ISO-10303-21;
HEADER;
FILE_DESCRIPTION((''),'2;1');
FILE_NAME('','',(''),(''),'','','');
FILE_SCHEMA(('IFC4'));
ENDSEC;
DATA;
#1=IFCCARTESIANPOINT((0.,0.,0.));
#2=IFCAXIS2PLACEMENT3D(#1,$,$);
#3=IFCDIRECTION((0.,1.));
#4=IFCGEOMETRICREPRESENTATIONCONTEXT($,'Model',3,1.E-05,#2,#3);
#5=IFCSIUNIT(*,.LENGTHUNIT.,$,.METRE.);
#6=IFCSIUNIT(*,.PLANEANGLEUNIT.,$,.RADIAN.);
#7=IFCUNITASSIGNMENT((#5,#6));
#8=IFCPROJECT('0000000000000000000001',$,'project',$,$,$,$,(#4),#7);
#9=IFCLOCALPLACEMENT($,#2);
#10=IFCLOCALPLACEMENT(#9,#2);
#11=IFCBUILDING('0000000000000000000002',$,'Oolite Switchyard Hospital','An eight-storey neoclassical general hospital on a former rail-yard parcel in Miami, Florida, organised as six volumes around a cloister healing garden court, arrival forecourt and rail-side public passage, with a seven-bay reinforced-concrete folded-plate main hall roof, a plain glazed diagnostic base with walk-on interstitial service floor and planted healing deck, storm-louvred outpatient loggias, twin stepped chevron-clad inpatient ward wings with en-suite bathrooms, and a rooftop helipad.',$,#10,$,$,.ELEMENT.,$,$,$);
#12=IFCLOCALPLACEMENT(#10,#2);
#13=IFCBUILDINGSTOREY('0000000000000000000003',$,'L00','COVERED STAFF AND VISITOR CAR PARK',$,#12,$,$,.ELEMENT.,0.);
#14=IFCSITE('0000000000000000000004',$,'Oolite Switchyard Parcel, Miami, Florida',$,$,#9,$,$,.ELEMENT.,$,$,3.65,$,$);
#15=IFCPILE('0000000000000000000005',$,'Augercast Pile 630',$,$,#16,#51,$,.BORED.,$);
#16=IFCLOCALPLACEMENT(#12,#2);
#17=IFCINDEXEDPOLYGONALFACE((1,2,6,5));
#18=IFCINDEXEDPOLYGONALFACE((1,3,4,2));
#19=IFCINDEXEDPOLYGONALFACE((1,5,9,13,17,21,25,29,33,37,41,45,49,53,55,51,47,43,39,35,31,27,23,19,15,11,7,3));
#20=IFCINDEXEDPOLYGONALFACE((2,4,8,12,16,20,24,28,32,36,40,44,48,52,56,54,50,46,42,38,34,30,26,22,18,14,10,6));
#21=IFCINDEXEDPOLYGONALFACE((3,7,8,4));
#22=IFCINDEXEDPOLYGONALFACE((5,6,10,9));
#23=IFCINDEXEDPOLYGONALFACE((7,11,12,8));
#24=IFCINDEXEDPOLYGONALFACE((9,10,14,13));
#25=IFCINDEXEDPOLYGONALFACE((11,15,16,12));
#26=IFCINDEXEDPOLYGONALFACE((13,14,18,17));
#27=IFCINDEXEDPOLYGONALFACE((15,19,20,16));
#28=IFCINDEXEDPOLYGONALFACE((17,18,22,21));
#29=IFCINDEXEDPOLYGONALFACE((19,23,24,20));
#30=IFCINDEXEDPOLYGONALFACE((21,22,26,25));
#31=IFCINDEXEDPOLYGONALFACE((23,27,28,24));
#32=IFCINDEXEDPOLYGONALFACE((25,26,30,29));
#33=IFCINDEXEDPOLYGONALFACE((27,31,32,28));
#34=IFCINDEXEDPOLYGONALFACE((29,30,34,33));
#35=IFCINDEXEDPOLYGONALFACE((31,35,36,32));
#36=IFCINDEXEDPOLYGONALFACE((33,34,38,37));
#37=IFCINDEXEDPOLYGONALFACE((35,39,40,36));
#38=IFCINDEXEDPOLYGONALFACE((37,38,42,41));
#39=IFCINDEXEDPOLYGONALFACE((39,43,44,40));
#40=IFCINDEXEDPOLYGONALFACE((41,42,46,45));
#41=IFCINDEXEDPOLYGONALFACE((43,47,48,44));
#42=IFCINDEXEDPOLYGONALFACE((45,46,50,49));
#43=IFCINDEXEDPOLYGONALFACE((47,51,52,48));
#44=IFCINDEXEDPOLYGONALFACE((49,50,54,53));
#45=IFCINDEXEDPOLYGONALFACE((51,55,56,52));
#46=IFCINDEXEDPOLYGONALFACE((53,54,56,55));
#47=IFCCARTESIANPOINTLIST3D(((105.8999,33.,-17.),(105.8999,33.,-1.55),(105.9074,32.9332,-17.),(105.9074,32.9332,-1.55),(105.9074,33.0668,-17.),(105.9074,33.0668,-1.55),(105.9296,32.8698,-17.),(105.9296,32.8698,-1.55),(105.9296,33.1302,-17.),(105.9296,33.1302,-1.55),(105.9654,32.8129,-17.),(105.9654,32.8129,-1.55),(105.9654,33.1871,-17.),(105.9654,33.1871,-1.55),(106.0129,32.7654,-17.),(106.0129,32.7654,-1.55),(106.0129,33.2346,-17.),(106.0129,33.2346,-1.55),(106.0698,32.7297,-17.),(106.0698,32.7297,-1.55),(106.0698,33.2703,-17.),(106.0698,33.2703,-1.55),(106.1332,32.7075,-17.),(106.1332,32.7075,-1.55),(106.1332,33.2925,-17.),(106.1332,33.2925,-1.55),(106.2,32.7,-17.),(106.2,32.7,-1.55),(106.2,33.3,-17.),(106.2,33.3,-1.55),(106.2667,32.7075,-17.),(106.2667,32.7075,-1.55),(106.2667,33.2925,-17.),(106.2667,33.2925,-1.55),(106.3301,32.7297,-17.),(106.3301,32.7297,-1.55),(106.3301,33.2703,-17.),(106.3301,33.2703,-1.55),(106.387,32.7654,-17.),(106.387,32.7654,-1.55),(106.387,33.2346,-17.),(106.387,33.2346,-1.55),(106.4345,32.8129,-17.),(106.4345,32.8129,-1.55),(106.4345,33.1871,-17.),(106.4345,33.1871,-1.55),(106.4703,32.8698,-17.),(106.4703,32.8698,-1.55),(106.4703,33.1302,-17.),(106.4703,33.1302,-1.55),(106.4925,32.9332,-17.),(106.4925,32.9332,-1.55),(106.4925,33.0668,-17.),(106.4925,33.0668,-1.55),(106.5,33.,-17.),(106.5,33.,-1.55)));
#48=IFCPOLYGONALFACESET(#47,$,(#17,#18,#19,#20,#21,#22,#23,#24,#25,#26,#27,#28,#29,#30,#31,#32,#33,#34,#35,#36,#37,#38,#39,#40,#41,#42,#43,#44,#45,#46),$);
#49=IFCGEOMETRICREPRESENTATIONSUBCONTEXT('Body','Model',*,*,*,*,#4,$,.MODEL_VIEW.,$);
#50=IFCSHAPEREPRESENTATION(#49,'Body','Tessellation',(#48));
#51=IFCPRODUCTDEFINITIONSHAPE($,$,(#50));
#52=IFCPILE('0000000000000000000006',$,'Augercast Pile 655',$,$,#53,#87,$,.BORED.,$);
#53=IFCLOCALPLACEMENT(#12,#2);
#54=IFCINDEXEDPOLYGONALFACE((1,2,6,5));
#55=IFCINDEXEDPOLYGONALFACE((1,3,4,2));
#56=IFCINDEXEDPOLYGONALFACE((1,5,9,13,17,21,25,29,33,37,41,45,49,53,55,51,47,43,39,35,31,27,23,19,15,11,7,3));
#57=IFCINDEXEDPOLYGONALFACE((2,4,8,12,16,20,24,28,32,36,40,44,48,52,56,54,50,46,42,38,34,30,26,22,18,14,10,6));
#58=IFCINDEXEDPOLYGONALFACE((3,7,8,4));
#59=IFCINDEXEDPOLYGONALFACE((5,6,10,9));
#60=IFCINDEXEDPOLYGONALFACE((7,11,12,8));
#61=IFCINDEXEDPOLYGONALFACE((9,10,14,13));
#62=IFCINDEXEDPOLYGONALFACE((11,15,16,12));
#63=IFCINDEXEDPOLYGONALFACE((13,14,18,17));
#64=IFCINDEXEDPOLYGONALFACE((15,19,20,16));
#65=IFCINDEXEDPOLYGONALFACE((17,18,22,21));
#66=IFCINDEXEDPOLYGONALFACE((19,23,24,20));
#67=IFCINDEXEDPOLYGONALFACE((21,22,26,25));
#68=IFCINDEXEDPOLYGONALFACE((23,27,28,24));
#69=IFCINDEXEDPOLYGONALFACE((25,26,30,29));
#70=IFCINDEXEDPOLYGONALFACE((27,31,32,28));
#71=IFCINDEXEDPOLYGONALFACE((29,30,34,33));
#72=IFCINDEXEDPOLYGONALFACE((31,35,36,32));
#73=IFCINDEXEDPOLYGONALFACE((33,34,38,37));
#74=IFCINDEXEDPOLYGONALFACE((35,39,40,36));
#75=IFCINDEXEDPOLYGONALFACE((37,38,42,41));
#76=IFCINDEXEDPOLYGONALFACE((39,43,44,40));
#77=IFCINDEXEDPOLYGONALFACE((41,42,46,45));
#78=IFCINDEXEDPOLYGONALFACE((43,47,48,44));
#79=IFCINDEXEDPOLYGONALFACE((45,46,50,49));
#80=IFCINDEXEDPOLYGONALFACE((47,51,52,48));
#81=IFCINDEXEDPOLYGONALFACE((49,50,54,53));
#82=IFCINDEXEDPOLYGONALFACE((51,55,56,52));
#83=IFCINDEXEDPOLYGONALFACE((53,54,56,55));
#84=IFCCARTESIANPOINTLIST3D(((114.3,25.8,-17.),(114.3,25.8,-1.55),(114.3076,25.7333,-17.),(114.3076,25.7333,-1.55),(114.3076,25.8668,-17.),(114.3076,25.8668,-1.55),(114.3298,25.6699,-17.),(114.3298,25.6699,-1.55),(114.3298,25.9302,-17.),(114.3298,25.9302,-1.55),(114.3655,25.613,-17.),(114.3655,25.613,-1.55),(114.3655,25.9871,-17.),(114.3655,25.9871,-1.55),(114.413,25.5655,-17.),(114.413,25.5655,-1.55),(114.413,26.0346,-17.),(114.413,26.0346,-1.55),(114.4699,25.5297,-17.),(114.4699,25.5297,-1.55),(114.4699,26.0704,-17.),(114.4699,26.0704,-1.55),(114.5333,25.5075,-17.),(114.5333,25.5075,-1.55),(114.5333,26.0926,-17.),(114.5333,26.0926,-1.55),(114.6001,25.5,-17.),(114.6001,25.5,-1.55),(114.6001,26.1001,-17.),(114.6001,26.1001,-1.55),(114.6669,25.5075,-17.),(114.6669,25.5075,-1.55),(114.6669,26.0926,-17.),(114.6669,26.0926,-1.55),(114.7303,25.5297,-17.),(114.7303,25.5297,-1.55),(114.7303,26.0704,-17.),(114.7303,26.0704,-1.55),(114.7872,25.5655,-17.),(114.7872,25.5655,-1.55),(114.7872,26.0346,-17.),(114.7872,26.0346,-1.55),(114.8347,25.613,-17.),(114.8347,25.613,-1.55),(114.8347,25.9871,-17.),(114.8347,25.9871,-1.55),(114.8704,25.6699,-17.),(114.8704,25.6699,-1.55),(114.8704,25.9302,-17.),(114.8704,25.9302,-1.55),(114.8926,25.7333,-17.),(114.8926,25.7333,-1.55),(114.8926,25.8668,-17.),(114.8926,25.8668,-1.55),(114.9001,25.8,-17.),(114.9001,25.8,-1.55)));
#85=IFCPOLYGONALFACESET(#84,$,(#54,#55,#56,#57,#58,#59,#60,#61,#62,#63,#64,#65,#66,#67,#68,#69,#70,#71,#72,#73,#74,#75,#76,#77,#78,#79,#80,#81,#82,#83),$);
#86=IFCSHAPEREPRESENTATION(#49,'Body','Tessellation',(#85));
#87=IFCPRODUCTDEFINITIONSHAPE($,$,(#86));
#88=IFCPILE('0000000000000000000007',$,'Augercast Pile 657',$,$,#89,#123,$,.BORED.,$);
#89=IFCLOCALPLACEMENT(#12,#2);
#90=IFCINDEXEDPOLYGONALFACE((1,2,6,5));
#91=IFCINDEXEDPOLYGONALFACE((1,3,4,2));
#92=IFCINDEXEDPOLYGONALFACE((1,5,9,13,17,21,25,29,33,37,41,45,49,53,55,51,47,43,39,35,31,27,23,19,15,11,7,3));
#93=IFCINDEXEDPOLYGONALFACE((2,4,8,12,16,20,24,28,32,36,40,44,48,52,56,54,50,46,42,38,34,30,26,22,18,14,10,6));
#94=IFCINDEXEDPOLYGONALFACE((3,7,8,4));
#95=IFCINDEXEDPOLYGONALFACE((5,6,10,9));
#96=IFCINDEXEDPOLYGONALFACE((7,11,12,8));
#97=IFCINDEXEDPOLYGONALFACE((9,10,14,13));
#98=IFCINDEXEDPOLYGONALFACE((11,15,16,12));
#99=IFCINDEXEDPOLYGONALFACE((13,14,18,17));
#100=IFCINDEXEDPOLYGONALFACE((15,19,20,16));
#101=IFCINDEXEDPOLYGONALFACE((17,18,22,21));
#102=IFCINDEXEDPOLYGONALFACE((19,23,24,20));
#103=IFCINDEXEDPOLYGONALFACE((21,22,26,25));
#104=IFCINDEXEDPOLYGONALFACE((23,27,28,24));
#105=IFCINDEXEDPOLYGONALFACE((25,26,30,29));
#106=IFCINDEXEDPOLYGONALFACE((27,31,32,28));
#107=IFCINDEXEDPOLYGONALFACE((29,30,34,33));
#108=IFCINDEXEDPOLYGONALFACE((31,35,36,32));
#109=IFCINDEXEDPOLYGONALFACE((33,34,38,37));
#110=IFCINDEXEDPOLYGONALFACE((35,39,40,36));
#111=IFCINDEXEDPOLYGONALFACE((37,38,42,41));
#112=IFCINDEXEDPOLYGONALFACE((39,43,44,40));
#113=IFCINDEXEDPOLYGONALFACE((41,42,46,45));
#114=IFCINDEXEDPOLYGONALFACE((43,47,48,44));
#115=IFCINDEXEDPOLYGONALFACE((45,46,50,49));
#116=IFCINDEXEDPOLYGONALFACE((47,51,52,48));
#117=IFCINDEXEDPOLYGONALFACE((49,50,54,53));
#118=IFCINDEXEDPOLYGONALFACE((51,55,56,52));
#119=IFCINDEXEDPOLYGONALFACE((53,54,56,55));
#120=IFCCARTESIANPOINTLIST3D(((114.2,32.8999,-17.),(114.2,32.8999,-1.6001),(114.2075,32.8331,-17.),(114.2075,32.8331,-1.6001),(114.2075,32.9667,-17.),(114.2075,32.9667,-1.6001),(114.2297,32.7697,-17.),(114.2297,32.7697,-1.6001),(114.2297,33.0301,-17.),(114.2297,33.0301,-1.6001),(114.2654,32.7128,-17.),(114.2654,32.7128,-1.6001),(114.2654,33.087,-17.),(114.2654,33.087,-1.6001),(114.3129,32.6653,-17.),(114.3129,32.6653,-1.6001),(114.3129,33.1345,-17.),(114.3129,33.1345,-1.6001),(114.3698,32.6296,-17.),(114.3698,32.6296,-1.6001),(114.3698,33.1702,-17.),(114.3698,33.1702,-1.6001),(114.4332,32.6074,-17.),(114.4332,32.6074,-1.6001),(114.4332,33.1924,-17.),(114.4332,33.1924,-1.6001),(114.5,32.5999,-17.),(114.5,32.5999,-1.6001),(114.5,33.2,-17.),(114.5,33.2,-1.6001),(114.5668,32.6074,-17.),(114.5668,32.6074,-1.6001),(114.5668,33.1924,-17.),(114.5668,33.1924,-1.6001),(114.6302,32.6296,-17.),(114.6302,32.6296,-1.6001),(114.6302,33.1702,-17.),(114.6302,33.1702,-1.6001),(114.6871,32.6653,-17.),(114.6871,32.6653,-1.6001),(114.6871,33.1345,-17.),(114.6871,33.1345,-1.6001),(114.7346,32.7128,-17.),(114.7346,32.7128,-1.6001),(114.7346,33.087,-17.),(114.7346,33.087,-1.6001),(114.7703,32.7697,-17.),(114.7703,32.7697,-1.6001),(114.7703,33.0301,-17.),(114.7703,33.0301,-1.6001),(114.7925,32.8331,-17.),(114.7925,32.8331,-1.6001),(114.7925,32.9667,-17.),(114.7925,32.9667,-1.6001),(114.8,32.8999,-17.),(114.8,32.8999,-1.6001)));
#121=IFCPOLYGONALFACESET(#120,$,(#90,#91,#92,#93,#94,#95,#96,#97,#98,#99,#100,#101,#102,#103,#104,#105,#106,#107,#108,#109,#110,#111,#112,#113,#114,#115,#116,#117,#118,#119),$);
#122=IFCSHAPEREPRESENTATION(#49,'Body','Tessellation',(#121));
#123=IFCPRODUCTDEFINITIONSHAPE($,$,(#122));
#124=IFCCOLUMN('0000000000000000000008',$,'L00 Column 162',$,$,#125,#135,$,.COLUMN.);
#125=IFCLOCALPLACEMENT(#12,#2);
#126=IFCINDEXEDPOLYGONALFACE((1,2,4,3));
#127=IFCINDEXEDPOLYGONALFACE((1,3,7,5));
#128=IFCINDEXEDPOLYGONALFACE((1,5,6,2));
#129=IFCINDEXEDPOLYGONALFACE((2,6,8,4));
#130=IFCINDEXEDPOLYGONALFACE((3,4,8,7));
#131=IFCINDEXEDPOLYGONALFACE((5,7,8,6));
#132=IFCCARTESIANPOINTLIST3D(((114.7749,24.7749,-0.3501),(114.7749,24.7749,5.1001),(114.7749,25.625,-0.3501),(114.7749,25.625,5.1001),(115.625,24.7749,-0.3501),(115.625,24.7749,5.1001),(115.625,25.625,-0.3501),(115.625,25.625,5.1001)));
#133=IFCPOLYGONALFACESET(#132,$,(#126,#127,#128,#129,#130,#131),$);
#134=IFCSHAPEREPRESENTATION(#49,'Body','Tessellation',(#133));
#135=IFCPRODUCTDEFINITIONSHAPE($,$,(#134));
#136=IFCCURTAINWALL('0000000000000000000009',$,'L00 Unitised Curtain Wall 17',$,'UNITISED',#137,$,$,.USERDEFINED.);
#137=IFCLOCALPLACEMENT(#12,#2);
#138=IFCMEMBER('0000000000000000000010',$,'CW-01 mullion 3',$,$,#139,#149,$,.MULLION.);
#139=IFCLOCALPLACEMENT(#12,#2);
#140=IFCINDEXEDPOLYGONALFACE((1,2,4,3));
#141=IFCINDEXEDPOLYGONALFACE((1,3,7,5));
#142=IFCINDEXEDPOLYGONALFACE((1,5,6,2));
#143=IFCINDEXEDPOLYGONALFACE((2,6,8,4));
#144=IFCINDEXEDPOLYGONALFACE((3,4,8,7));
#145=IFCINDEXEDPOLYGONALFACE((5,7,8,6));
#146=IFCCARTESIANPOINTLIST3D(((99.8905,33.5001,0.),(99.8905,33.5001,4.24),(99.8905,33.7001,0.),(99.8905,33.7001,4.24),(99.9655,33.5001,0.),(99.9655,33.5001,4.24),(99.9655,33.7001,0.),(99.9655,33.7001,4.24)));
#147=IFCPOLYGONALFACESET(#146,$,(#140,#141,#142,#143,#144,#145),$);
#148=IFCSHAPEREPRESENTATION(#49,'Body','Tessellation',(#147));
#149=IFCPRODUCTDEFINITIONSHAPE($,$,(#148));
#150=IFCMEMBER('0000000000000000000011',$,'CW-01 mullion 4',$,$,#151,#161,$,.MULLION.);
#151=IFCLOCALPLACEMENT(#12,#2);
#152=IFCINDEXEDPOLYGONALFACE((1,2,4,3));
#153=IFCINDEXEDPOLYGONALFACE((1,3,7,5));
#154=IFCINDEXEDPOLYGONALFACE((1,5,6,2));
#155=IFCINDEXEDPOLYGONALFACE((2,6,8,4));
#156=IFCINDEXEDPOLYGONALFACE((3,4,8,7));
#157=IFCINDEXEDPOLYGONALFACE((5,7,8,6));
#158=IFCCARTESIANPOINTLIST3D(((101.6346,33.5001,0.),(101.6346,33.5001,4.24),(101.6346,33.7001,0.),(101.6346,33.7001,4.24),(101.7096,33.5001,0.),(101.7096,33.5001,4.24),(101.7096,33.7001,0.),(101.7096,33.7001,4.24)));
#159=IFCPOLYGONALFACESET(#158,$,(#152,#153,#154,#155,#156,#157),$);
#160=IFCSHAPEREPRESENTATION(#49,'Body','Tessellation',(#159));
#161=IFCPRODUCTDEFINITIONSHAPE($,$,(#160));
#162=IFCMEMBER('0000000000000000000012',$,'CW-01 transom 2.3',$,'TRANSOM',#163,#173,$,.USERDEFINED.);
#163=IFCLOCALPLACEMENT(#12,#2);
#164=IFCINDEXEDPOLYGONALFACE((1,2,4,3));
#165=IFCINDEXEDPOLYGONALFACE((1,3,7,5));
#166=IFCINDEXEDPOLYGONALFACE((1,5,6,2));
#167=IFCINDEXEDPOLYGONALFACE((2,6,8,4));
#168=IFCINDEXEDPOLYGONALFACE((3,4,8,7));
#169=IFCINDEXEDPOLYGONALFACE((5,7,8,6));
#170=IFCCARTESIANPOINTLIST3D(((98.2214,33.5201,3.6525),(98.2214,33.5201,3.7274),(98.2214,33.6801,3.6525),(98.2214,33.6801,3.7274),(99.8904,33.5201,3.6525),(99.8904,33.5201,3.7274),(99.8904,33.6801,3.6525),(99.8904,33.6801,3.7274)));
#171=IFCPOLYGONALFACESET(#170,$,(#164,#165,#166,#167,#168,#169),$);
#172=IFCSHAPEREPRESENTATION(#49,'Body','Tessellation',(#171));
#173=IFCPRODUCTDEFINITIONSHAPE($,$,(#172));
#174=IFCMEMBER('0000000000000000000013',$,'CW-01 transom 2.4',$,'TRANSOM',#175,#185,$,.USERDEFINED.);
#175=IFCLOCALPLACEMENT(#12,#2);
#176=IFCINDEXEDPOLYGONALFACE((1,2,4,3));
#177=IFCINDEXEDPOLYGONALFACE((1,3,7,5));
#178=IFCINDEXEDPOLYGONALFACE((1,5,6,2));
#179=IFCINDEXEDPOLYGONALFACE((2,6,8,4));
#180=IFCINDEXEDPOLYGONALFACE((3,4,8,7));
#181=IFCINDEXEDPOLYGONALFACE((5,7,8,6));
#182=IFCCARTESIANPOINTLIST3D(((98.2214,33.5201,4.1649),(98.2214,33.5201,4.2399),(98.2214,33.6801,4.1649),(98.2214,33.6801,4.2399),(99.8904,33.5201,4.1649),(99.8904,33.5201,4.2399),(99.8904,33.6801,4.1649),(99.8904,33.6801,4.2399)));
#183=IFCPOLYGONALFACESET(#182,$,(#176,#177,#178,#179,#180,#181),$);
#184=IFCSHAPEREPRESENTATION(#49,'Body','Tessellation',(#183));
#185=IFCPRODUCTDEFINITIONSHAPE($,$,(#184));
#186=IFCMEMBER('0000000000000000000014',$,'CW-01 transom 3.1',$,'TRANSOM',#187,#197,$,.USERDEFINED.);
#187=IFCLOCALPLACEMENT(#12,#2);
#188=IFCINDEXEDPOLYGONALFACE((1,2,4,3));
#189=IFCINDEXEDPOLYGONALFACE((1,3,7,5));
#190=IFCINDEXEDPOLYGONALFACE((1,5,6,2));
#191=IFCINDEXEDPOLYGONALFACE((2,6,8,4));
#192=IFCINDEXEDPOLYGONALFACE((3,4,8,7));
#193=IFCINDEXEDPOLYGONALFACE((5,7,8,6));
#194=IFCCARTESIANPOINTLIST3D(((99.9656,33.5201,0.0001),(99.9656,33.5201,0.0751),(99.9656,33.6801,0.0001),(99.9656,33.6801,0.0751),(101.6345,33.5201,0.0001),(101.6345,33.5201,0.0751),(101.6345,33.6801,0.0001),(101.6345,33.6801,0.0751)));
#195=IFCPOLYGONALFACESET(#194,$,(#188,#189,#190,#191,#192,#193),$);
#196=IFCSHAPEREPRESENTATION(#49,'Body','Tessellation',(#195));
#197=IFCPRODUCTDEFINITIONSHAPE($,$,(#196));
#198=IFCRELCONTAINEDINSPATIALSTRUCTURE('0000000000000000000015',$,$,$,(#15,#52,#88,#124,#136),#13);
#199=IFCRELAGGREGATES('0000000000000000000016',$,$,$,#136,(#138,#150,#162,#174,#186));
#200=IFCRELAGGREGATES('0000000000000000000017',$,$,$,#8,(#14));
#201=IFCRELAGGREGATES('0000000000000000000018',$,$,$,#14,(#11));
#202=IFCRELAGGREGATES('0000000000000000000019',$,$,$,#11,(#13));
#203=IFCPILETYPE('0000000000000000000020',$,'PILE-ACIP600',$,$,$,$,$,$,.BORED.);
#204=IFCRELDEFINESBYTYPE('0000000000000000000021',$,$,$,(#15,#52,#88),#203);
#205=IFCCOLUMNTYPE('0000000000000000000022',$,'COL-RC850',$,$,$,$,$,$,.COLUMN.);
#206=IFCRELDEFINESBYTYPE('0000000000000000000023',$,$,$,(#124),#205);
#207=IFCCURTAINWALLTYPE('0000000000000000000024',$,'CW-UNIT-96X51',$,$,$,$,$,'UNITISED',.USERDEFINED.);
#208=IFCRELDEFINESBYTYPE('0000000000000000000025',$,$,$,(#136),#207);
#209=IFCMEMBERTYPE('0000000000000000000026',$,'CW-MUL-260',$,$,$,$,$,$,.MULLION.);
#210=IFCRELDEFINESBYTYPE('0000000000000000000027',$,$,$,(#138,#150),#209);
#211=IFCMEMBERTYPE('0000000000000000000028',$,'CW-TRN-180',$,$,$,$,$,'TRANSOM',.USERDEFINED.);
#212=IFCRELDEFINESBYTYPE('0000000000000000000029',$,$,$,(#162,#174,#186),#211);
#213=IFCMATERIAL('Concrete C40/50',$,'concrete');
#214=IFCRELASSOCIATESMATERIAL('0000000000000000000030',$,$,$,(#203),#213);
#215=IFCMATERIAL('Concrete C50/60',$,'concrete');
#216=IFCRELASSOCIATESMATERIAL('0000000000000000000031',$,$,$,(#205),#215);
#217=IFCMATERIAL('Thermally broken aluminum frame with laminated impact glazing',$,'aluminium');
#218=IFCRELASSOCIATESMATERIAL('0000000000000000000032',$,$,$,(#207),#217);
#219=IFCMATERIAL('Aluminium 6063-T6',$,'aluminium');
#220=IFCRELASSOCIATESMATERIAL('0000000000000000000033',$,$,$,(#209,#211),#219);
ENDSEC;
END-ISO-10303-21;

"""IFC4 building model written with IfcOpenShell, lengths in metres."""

from ifc_helpers import new_model, si_unit, direction, frame, origin, origin_2d, place, context, subcontext, project, spatial, rectangle, circle, extrude, material, material_profile, profile_set, type_object, element, aggregate, save


model = new_model("IFC4")

# Units and contexts
model_context = context("Model", 3, precision=1e-05, world=origin(), true_north=direction((0.0, 1.0)))
body_context = subcontext(model_context, "Body", "Model", "MODEL_VIEW")
ifc_project = project(units=[si_unit("LENGTHUNIT", "METRE"), si_unit("PLANEANGLEUNIT", "RADIAN")], contexts=[model_context])

# Site, building, storey
site_placement = place(None, origin())
site = spatial("IfcSite", under=ifc_project, at=site_placement, Name="Oolite Switchyard Parcel, Miami, Florida", CompositionType="ELEMENT", RefElevation=3.65)
building_placement = place(site_placement, origin())
building = spatial("IfcBuilding", under=site, at=building_placement, Name="Oolite Switchyard Hospital", Description="An eight-storey neoclassical general hospital on a former rail-yard parcel in Miami, Florida, organised as six volumes around a cloister healing garden court, arrival forecourt and rail-side public passage, with a seven-bay reinforced-concrete folded-plate main hall roof, a plain glazed diagnostic base with walk-on interstitial service floor and planted healing deck, storm-louvred outpatient loggias, twin stepped chevron-clad inpatient ward wings with en-suite bathrooms, and a rooftop helipad.", CompositionType="ELEMENT")
storey_placement = place(building_placement, origin())
storey = spatial("IfcBuildingStorey", under=building, at=storey_placement, Name="L00", Description="COVERED STAFF AND VISITOR CAR PARK", CompositionType="ELEMENT", Elevation=0.0)

# Shared definitions
ifc_material_1 = material(Name="Concrete C40/50", Category="concrete")

# Piles
ifc_material_profile_1 = material_profile(ifc_material_1, circle(Radius=0.3, at=origin_2d()), Name="PILE600")
ifc_profile_set_1 = profile_set([ifc_material_profile_1], Name="Concrete C40/50")
pile_type = type_object("IfcPileType", Name="PILE-ACIP600", PredefinedType="BORED", material=ifc_profile_set_1)
for number, where, z_axis, x_axis, name in (
    (1, (106.2, 33.0, -1.55), (0.0, 0.0, -1.0), (1.0, 0.0, 0.0), "Augercast Pile 630"),
    (2, (114.6001, 25.8, -1.55), (0.0, 0.0, -1.0), (1.0, 0.0, 0.0), "Augercast Pile 655"),
):
    element("IfcPile", number, at=place(storey_placement, frame(where, z_axis=z_axis, x_axis=x_axis)), inside=storey, type_object=pile_type, Name=name, PredefinedType="BORED", context=body_context, shape_type="SweptSolid", body=[
        extrude(circle(Radius=0.3, at=origin_2d()), origin(), (0.0, 0.0, 1.0), 15.45),
    ])
pile_placement = place(storey_placement, frame((114.5, 32.8999, -1.6001), z_axis=(0.0, 0.0, -1.0), x_axis=(1.0, 0.0, 0.0)))
element("IfcPile", 3, at=pile_placement, inside=storey, type_object=pile_type, Name="Augercast Pile 657", PredefinedType="BORED", context=body_context, shape_type="SweptSolid", body=[
    extrude(circle(Radius=0.3, at=origin_2d()), origin(), (0.0, 0.0, 1.0), 15.3999),
])

# Column
ifc_material_2 = material(Name="Concrete C50/60", Category="concrete")
ifc_material_profile_2 = material_profile(ifc_material_2, rectangle(XDim=0.8501, YDim=0.8501, at=origin_2d()), Name="RC850X850")
ifc_profile_set_2 = profile_set([ifc_material_profile_2], Name="Concrete C50/60")
column_type = type_object("IfcColumnType", Name="COL-RC850", PredefinedType="COLUMN", material=ifc_profile_set_2)
column_placement = place(storey_placement, frame((115.2, 25.2, -0.3501), z_axis=(0.0, 0.0, 1.0), x_axis=(1.0, 0.0, 0.0)))
element("IfcColumn", 4, at=column_placement, inside=storey, type_object=column_type, Name="L00 Column 162", PredefinedType="COLUMN", context=body_context, shape_type="SweptSolid", body=[
    extrude(rectangle(XDim=0.8501, YDim=0.8501, at=origin_2d()), origin(), (0.0, 0.0, 1.0), 5.4502),
])

# Curtain wall, members
ifc_material_3 = material(Name="Thermally broken aluminum frame with laminated impact glazing", Category="aluminium")
curtain_wall_type = type_object("IfcCurtainWallType", Name="CW-UNIT-96X51", ElementType="UNITISED", PredefinedType="USERDEFINED", material=ifc_material_3)
curtain_wall_placement = place(storey_placement, origin())
curtain_wall = element("IfcCurtainWall", 5, at=curtain_wall_placement, inside=storey, type_object=curtain_wall_type, Name="L00 Unitised Curtain Wall 17", ObjectType="UNITISED", PredefinedType="USERDEFINED")
ifc_material_4 = material(Name="Aluminium 6063-T6", Category="aluminium")
ifc_material_profile_3 = material_profile(ifc_material_4, rectangle(XDim=0.2, YDim=0.075, at=origin_2d()), Name="CWM75X200")
ifc_profile_set_3 = profile_set([ifc_material_profile_3], Name="Aluminium 6063-T6")
member_type_1 = type_object("IfcMemberType", Name="CW-MUL-260", PredefinedType="MULLION", material=ifc_profile_set_3)
member_1_placement = place(storey_placement, frame((99.928, 33.6001, 0.0), z_axis=(0.0, 0.0, 1.0), x_axis=(0.0, 1.0, 0.0)))
member_1 = element("IfcMember", 6, at=member_1_placement, type_object=member_type_1, Name="CW-01 mullion 3", PredefinedType="MULLION", context=body_context, shape_type="SweptSolid", body=[
    extrude(rectangle(XDim=0.2, YDim=0.075, at=origin_2d()), origin(), (0.0, 0.0, 1.0), 4.24),
])
member_2_placement = place(storey_placement, frame((101.6721, 33.6001, 0.0), z_axis=(0.0, 0.0, 1.0), x_axis=(0.0, 1.0, 0.0)))
member_2 = element("IfcMember", 7, at=member_2_placement, type_object=member_type_1, Name="CW-01 mullion 4", PredefinedType="MULLION", context=body_context, shape_type="SweptSolid", body=[
    extrude(rectangle(XDim=0.2, YDim=0.075, at=origin_2d()), origin(), (0.0, 0.0, 1.0), 4.24),
])
ifc_material_profile_4 = material_profile(ifc_material_4, rectangle(XDim=0.1599, YDim=0.075, at=origin_2d()), Name="CWT75X160")
ifc_profile_set_4 = profile_set([ifc_material_profile_4], Name="Aluminium 6063-T6")
member_type_2 = type_object("IfcMemberType", Name="CW-TRN-180", ElementType="TRANSOM", PredefinedType="USERDEFINED", material=ifc_profile_set_4)
member_3_placement = place(storey_placement, frame((98.2214, 33.6001, 3.6899), z_axis=(1.0, 0.0, 0.0), x_axis=(0.0, 1.0, 0.0)))
member_3 = element("IfcMember", 8, at=member_3_placement, type_object=member_type_2, Name="CW-01 transom 2.3", ObjectType="TRANSOM", PredefinedType="USERDEFINED", context=body_context, shape_type="SweptSolid", body=[
    extrude(rectangle(XDim=0.1599, YDim=0.075, at=origin_2d()), origin(), (0.0, 0.0, 1.0), 1.6689),
])
member_4_placement = place(storey_placement, frame((98.2214, 33.6001, 4.2024), z_axis=(1.0, 0.0, 0.0), x_axis=(0.0, 1.0, 0.0)))
member_4 = element("IfcMember", 9, at=member_4_placement, type_object=member_type_2, Name="CW-01 transom 2.4", ObjectType="TRANSOM", PredefinedType="USERDEFINED", context=body_context, shape_type="SweptSolid", body=[
    extrude(rectangle(XDim=0.1599, YDim=0.075, at=origin_2d()), origin(), (0.0, 0.0, 1.0), 1.6689),
])
member_5_placement = place(storey_placement, frame((99.9656, 33.6001, 0.0376), z_axis=(1.0, 0.0, 0.0), x_axis=(0.0, 1.0, 0.0)))
member_5 = element("IfcMember", 10, at=member_5_placement, type_object=member_type_2, Name="CW-01 transom 3.1", ObjectType="TRANSOM", PredefinedType="USERDEFINED", context=body_context, shape_type="SweptSolid", body=[
    extrude(rectangle(XDim=0.1599, YDim=0.075, at=origin_2d()), origin(), (0.0, 0.0, 1.0), 1.6689),
])
aggregate(curtain_wall, [member_1, member_2, member_3, member_4, member_5])

save(model, "model.ifc")
